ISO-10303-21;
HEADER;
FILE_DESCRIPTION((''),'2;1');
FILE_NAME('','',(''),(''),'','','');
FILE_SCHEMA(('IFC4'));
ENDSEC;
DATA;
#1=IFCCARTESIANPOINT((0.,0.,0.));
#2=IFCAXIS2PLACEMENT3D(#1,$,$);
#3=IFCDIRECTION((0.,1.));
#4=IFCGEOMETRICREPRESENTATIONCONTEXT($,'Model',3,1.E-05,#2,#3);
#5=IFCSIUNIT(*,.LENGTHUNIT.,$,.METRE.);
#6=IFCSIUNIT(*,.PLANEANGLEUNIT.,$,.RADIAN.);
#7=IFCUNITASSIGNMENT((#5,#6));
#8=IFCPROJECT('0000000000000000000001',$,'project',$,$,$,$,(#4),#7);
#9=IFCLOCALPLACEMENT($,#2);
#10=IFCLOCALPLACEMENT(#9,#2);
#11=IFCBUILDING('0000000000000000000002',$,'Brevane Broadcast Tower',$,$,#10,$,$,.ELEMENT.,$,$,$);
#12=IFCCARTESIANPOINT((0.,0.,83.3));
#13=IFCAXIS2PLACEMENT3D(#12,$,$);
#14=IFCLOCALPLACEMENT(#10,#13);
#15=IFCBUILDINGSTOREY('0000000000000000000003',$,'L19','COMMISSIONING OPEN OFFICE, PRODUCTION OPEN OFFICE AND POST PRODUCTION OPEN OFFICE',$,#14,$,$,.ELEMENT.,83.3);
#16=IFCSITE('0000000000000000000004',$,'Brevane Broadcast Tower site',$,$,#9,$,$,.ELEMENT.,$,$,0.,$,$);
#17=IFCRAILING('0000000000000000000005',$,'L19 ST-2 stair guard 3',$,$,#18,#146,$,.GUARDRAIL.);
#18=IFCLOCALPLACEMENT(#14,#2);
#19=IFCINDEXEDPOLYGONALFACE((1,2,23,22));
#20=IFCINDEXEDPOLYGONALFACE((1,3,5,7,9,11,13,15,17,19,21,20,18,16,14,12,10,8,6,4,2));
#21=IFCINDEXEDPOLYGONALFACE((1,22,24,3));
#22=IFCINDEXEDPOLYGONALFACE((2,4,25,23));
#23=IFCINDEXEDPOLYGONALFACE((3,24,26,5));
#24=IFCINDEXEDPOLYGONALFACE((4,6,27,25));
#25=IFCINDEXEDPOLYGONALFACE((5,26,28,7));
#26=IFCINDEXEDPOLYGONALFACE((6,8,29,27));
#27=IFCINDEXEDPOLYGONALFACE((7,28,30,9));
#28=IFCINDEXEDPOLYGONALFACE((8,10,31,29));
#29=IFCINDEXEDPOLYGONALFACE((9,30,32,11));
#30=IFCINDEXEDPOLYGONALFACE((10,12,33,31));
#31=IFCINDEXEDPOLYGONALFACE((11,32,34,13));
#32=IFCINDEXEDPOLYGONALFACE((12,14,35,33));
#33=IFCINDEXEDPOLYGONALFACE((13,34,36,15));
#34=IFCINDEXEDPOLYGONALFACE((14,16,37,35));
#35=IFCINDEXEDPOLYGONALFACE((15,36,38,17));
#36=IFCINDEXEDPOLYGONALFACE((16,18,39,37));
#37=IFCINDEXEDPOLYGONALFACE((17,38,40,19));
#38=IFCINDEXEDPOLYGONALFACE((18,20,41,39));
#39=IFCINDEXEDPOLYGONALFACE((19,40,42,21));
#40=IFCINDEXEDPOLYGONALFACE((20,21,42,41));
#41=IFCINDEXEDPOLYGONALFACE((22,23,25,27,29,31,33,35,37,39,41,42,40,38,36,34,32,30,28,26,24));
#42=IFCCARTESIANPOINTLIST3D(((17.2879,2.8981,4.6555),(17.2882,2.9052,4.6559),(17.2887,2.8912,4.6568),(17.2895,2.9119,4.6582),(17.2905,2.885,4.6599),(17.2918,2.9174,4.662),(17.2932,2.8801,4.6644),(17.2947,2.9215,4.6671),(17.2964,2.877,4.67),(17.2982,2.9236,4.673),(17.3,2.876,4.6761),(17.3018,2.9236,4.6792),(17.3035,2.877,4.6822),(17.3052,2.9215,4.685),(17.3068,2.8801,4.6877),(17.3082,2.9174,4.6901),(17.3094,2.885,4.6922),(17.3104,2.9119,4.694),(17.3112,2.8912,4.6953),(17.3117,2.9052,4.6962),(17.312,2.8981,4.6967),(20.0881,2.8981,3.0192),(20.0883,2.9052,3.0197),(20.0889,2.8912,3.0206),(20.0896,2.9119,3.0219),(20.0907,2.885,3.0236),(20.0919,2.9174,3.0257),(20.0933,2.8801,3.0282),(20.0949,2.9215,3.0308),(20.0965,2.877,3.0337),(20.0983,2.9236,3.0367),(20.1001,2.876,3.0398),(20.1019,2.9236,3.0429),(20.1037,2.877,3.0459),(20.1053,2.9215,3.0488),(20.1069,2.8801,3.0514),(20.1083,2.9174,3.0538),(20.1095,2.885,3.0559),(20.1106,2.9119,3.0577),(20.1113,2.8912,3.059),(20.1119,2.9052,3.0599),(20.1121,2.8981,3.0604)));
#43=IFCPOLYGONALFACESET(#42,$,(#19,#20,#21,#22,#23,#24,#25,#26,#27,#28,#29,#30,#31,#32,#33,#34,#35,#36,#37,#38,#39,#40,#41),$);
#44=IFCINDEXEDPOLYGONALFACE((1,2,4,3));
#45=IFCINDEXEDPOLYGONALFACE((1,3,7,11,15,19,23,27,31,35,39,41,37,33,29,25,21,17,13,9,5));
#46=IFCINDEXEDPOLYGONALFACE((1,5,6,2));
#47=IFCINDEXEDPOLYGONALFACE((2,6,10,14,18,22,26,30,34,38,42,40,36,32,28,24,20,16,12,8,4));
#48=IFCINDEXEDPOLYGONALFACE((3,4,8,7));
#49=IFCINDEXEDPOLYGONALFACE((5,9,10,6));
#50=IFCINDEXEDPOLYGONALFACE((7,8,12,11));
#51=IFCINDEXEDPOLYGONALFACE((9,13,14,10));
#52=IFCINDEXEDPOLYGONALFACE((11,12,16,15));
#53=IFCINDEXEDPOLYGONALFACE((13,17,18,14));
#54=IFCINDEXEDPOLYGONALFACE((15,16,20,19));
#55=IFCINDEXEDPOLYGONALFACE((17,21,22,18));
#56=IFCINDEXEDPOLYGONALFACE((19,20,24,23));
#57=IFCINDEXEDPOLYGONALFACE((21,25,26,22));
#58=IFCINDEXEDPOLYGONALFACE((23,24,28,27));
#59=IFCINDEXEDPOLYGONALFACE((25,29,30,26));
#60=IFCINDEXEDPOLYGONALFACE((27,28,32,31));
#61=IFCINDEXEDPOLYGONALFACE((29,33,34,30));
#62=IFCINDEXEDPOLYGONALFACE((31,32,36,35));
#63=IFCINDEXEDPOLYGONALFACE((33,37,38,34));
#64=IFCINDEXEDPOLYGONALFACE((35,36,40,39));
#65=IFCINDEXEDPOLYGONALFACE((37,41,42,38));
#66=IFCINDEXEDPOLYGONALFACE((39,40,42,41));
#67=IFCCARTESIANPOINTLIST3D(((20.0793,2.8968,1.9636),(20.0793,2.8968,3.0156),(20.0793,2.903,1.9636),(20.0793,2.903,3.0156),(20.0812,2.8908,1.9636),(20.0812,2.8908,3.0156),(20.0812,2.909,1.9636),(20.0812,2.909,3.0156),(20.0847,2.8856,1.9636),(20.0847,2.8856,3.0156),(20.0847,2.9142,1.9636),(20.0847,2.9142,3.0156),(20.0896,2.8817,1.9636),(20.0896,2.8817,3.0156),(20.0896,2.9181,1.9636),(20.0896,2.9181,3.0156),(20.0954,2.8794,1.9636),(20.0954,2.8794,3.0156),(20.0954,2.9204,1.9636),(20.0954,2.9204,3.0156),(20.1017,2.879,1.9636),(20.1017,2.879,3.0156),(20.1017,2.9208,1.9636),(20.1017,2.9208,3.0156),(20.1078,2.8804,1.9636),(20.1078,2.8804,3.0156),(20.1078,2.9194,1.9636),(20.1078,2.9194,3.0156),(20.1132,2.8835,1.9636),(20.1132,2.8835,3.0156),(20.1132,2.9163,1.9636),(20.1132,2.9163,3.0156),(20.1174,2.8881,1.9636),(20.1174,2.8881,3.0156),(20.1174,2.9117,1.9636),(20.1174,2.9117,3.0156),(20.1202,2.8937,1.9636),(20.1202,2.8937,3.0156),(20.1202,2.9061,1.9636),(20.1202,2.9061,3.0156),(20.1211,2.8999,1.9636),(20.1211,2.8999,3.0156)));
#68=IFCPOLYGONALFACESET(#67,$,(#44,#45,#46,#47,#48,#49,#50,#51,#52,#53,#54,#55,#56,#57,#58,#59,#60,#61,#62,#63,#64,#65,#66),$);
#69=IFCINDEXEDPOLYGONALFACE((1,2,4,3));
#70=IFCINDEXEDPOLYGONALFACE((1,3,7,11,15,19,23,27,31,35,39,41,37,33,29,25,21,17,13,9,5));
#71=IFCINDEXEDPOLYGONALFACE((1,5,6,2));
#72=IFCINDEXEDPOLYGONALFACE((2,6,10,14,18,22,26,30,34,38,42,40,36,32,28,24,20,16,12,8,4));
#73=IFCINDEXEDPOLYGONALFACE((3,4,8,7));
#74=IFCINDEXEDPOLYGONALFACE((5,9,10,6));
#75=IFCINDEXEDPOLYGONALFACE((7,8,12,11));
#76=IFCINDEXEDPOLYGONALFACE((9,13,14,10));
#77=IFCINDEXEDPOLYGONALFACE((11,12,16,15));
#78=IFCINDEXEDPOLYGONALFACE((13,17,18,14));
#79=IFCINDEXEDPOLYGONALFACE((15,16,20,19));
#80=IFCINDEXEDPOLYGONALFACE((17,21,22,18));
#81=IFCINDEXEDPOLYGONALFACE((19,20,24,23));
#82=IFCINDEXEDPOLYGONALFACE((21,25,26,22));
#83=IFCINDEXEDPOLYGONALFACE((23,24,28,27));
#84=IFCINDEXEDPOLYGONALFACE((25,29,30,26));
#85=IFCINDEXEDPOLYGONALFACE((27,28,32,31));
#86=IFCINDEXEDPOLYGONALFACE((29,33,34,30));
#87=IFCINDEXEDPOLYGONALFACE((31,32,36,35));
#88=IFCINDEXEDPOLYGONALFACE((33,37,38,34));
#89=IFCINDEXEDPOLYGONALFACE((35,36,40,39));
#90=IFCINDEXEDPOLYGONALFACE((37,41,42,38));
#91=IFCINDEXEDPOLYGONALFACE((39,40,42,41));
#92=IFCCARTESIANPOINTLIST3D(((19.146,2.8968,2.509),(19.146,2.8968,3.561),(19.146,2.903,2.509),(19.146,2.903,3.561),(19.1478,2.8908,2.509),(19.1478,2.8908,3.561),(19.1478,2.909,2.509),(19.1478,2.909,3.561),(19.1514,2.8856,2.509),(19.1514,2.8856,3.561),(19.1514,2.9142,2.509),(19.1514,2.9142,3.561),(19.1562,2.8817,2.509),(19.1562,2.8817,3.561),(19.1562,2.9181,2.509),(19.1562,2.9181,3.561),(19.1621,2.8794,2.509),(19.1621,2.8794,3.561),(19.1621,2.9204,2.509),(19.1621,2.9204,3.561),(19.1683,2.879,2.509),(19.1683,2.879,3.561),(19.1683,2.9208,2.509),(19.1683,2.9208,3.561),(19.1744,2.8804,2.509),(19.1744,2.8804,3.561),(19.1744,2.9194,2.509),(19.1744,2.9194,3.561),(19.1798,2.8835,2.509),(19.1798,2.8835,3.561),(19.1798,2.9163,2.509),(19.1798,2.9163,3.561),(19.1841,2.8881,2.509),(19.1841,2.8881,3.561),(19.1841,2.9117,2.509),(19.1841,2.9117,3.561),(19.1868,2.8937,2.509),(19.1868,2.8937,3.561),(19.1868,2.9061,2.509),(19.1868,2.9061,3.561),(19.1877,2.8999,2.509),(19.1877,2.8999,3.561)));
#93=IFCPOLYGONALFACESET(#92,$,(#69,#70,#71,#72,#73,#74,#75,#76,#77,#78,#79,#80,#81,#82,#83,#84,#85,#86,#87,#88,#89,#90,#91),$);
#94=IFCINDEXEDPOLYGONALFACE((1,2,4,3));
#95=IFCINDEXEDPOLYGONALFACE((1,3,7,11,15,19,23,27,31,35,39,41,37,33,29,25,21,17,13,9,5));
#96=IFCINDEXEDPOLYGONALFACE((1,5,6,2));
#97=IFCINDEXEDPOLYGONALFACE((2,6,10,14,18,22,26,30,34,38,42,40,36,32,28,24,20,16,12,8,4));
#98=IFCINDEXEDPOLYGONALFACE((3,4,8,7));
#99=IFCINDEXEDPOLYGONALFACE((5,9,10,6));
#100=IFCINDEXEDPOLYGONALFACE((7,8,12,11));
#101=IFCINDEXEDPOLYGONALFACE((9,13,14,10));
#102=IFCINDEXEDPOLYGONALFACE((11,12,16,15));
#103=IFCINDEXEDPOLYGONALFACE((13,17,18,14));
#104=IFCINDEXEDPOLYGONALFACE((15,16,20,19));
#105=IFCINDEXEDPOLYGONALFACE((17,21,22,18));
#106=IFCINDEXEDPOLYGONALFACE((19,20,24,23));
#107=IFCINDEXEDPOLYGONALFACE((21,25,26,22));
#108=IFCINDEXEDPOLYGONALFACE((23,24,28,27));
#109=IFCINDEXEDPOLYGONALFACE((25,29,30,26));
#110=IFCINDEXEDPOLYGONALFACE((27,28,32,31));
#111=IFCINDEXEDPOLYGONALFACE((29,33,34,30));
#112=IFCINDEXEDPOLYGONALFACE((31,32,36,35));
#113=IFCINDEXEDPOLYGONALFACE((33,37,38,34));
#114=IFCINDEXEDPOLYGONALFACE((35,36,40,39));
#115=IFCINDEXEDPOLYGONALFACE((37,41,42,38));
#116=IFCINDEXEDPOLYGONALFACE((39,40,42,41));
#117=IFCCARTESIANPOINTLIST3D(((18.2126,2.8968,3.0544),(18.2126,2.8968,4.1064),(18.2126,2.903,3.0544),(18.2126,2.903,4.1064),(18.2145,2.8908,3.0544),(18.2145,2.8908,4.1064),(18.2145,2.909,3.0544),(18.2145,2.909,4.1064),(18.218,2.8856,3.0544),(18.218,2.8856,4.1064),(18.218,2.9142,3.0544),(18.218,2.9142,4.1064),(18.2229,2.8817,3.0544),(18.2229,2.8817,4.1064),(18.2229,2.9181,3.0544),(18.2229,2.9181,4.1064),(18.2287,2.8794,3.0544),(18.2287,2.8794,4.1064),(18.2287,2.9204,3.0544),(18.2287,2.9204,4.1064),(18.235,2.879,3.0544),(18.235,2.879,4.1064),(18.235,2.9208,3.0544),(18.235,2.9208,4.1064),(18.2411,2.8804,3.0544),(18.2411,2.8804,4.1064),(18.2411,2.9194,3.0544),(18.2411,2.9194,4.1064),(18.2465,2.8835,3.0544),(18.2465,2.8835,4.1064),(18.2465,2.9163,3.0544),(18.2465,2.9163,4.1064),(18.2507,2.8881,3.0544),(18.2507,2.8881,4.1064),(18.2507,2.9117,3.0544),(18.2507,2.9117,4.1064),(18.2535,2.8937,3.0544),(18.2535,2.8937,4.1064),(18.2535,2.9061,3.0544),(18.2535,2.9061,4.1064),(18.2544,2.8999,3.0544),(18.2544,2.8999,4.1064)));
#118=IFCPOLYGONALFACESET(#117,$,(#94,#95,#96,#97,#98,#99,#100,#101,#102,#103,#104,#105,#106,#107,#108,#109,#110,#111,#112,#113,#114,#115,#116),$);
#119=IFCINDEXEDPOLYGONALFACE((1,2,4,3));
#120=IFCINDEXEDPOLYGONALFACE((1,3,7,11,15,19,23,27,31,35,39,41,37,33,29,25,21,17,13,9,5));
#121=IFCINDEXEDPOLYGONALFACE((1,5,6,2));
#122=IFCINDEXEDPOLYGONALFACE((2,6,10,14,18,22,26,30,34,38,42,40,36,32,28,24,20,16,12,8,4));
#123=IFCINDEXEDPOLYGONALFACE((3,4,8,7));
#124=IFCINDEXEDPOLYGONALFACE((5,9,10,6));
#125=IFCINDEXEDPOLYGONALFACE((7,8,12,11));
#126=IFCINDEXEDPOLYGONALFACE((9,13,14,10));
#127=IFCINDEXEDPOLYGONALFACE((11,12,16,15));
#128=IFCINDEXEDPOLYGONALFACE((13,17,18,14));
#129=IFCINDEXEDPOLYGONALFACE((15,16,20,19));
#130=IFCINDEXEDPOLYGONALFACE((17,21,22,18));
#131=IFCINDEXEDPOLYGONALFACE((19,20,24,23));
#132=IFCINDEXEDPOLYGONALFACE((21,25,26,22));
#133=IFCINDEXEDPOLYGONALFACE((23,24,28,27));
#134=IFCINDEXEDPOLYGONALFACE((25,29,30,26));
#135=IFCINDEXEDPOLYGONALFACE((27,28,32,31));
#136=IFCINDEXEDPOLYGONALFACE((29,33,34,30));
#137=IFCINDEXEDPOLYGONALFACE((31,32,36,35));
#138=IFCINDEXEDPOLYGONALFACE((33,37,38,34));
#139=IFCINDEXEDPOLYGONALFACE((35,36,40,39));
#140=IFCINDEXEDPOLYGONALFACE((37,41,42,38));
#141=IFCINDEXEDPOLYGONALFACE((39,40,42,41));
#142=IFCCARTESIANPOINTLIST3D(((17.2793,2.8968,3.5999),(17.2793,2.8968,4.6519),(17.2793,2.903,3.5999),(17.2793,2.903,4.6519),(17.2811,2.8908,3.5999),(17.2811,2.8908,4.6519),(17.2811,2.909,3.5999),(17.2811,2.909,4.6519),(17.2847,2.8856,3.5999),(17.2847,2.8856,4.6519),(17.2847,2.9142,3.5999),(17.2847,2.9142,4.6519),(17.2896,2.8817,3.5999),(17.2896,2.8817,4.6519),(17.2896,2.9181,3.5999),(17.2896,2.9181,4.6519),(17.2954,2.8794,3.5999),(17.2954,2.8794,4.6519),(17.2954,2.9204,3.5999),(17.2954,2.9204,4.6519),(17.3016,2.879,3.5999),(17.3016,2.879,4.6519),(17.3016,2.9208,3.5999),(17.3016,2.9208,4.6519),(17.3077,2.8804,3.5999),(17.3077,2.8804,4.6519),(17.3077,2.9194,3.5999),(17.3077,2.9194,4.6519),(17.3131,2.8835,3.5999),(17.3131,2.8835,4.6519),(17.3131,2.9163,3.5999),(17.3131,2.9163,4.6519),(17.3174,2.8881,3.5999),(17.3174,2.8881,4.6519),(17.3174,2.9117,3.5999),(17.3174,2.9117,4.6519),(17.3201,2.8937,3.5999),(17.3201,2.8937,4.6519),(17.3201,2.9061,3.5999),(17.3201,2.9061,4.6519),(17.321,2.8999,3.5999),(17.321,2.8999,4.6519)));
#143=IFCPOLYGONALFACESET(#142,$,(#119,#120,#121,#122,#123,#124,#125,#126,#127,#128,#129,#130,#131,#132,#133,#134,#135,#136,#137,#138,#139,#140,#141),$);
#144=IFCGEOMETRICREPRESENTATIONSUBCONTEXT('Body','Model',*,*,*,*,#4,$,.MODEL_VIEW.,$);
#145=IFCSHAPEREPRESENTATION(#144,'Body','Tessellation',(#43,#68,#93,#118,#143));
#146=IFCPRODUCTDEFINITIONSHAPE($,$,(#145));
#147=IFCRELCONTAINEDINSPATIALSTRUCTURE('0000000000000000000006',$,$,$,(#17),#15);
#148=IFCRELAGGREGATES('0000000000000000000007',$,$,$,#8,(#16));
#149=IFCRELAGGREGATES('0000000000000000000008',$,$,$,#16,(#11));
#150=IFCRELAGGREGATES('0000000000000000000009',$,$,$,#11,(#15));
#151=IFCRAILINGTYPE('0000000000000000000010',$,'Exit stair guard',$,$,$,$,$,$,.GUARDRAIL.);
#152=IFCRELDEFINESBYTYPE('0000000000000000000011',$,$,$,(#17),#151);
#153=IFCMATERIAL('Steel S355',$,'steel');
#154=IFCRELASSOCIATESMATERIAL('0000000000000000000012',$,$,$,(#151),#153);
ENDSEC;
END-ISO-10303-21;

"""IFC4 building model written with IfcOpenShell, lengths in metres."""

from ifc_helpers import new_model, si_unit, direction, frame, origin, origin_2d, place, context, subcontext, project, spatial, circle, extrude, material, type_object, element, save


model = new_model("IFC4")

# Units and contexts
model_context = context("Model", 3, precision=1e-05, world=origin(), true_north=direction((0.0, 1.0)))
body_context = subcontext(model_context, "Body", "Model", "MODEL_VIEW")
ifc_project = project(units=[si_unit("LENGTHUNIT", "METRE"), si_unit("PLANEANGLEUNIT", "RADIAN")], contexts=[model_context])

# Site, building, storey
site_placement = place(None, origin())
site = spatial("IfcSite", under=ifc_project, at=site_placement, Name="Brevane Broadcast Tower site", CompositionType="ELEMENT", RefElevation=0.0)
building_placement = place(site_placement, origin())
building = spatial("IfcBuilding", under=site, at=building_placement, Name="Brevane Broadcast Tower", CompositionType="ELEMENT")
storey_placement = place(building_placement, frame((0.0, 0.0, 83.3)))
storey = spatial("IfcBuildingStorey", under=building, at=storey_placement, Name="L19", Description="COMMISSIONING OPEN OFFICE, PRODUCTION OPEN OFFICE AND POST PRODUCTION OPEN OFFICE", CompositionType="ELEMENT", Elevation=83.3)

# Railing
ifc_material_1 = material(Name="Steel S355", Category="steel")
railing_type_1 = type_object("IfcRailingType", Name="Exit stair guard", PredefinedType="GUARDRAIL", material=ifc_material_1)
railing_1_placement = place(storey_placement, frame((20.1001, 2.8999, 1.9636)))
element("IfcRailing", 1, at=railing_1_placement, inside=storey, type_object=railing_type_1, Name="L19 ST-2 stair guard 3", PredefinedType="GUARDRAIL", context=body_context, shape_type="SweptSolid", body=[
    extrude(circle(Radius=0.0239, at=origin_2d()), frame((0.0, 0.0, 1.0762), z_axis=(-0.863394, 0.0, 0.504531), x_axis=(0.0, -1.0, 0.0)), (0.0, 0.0, 1.0), 3.2432),
    extrude(circle(Radius=0.021, at=origin_2d()), origin(), (0.0, 0.0, 1.0), 1.052),
    extrude(circle(Radius=0.021, at=origin_2d()), frame((-0.9333, 0.0, 0.5454)), (0.0, 0.0, 1.0), 1.052),
    extrude(circle(Radius=0.021, at=origin_2d()), frame((-1.8667, 0.0, 1.0908)), (0.0, 0.0, 1.0), 1.052),
    extrude(circle(Radius=0.021, at=origin_2d()), frame((-2.8, 0.0, 1.6362)), (0.0, 0.0, 1.0), 1.052),
])

save(model, "model.ifc")
